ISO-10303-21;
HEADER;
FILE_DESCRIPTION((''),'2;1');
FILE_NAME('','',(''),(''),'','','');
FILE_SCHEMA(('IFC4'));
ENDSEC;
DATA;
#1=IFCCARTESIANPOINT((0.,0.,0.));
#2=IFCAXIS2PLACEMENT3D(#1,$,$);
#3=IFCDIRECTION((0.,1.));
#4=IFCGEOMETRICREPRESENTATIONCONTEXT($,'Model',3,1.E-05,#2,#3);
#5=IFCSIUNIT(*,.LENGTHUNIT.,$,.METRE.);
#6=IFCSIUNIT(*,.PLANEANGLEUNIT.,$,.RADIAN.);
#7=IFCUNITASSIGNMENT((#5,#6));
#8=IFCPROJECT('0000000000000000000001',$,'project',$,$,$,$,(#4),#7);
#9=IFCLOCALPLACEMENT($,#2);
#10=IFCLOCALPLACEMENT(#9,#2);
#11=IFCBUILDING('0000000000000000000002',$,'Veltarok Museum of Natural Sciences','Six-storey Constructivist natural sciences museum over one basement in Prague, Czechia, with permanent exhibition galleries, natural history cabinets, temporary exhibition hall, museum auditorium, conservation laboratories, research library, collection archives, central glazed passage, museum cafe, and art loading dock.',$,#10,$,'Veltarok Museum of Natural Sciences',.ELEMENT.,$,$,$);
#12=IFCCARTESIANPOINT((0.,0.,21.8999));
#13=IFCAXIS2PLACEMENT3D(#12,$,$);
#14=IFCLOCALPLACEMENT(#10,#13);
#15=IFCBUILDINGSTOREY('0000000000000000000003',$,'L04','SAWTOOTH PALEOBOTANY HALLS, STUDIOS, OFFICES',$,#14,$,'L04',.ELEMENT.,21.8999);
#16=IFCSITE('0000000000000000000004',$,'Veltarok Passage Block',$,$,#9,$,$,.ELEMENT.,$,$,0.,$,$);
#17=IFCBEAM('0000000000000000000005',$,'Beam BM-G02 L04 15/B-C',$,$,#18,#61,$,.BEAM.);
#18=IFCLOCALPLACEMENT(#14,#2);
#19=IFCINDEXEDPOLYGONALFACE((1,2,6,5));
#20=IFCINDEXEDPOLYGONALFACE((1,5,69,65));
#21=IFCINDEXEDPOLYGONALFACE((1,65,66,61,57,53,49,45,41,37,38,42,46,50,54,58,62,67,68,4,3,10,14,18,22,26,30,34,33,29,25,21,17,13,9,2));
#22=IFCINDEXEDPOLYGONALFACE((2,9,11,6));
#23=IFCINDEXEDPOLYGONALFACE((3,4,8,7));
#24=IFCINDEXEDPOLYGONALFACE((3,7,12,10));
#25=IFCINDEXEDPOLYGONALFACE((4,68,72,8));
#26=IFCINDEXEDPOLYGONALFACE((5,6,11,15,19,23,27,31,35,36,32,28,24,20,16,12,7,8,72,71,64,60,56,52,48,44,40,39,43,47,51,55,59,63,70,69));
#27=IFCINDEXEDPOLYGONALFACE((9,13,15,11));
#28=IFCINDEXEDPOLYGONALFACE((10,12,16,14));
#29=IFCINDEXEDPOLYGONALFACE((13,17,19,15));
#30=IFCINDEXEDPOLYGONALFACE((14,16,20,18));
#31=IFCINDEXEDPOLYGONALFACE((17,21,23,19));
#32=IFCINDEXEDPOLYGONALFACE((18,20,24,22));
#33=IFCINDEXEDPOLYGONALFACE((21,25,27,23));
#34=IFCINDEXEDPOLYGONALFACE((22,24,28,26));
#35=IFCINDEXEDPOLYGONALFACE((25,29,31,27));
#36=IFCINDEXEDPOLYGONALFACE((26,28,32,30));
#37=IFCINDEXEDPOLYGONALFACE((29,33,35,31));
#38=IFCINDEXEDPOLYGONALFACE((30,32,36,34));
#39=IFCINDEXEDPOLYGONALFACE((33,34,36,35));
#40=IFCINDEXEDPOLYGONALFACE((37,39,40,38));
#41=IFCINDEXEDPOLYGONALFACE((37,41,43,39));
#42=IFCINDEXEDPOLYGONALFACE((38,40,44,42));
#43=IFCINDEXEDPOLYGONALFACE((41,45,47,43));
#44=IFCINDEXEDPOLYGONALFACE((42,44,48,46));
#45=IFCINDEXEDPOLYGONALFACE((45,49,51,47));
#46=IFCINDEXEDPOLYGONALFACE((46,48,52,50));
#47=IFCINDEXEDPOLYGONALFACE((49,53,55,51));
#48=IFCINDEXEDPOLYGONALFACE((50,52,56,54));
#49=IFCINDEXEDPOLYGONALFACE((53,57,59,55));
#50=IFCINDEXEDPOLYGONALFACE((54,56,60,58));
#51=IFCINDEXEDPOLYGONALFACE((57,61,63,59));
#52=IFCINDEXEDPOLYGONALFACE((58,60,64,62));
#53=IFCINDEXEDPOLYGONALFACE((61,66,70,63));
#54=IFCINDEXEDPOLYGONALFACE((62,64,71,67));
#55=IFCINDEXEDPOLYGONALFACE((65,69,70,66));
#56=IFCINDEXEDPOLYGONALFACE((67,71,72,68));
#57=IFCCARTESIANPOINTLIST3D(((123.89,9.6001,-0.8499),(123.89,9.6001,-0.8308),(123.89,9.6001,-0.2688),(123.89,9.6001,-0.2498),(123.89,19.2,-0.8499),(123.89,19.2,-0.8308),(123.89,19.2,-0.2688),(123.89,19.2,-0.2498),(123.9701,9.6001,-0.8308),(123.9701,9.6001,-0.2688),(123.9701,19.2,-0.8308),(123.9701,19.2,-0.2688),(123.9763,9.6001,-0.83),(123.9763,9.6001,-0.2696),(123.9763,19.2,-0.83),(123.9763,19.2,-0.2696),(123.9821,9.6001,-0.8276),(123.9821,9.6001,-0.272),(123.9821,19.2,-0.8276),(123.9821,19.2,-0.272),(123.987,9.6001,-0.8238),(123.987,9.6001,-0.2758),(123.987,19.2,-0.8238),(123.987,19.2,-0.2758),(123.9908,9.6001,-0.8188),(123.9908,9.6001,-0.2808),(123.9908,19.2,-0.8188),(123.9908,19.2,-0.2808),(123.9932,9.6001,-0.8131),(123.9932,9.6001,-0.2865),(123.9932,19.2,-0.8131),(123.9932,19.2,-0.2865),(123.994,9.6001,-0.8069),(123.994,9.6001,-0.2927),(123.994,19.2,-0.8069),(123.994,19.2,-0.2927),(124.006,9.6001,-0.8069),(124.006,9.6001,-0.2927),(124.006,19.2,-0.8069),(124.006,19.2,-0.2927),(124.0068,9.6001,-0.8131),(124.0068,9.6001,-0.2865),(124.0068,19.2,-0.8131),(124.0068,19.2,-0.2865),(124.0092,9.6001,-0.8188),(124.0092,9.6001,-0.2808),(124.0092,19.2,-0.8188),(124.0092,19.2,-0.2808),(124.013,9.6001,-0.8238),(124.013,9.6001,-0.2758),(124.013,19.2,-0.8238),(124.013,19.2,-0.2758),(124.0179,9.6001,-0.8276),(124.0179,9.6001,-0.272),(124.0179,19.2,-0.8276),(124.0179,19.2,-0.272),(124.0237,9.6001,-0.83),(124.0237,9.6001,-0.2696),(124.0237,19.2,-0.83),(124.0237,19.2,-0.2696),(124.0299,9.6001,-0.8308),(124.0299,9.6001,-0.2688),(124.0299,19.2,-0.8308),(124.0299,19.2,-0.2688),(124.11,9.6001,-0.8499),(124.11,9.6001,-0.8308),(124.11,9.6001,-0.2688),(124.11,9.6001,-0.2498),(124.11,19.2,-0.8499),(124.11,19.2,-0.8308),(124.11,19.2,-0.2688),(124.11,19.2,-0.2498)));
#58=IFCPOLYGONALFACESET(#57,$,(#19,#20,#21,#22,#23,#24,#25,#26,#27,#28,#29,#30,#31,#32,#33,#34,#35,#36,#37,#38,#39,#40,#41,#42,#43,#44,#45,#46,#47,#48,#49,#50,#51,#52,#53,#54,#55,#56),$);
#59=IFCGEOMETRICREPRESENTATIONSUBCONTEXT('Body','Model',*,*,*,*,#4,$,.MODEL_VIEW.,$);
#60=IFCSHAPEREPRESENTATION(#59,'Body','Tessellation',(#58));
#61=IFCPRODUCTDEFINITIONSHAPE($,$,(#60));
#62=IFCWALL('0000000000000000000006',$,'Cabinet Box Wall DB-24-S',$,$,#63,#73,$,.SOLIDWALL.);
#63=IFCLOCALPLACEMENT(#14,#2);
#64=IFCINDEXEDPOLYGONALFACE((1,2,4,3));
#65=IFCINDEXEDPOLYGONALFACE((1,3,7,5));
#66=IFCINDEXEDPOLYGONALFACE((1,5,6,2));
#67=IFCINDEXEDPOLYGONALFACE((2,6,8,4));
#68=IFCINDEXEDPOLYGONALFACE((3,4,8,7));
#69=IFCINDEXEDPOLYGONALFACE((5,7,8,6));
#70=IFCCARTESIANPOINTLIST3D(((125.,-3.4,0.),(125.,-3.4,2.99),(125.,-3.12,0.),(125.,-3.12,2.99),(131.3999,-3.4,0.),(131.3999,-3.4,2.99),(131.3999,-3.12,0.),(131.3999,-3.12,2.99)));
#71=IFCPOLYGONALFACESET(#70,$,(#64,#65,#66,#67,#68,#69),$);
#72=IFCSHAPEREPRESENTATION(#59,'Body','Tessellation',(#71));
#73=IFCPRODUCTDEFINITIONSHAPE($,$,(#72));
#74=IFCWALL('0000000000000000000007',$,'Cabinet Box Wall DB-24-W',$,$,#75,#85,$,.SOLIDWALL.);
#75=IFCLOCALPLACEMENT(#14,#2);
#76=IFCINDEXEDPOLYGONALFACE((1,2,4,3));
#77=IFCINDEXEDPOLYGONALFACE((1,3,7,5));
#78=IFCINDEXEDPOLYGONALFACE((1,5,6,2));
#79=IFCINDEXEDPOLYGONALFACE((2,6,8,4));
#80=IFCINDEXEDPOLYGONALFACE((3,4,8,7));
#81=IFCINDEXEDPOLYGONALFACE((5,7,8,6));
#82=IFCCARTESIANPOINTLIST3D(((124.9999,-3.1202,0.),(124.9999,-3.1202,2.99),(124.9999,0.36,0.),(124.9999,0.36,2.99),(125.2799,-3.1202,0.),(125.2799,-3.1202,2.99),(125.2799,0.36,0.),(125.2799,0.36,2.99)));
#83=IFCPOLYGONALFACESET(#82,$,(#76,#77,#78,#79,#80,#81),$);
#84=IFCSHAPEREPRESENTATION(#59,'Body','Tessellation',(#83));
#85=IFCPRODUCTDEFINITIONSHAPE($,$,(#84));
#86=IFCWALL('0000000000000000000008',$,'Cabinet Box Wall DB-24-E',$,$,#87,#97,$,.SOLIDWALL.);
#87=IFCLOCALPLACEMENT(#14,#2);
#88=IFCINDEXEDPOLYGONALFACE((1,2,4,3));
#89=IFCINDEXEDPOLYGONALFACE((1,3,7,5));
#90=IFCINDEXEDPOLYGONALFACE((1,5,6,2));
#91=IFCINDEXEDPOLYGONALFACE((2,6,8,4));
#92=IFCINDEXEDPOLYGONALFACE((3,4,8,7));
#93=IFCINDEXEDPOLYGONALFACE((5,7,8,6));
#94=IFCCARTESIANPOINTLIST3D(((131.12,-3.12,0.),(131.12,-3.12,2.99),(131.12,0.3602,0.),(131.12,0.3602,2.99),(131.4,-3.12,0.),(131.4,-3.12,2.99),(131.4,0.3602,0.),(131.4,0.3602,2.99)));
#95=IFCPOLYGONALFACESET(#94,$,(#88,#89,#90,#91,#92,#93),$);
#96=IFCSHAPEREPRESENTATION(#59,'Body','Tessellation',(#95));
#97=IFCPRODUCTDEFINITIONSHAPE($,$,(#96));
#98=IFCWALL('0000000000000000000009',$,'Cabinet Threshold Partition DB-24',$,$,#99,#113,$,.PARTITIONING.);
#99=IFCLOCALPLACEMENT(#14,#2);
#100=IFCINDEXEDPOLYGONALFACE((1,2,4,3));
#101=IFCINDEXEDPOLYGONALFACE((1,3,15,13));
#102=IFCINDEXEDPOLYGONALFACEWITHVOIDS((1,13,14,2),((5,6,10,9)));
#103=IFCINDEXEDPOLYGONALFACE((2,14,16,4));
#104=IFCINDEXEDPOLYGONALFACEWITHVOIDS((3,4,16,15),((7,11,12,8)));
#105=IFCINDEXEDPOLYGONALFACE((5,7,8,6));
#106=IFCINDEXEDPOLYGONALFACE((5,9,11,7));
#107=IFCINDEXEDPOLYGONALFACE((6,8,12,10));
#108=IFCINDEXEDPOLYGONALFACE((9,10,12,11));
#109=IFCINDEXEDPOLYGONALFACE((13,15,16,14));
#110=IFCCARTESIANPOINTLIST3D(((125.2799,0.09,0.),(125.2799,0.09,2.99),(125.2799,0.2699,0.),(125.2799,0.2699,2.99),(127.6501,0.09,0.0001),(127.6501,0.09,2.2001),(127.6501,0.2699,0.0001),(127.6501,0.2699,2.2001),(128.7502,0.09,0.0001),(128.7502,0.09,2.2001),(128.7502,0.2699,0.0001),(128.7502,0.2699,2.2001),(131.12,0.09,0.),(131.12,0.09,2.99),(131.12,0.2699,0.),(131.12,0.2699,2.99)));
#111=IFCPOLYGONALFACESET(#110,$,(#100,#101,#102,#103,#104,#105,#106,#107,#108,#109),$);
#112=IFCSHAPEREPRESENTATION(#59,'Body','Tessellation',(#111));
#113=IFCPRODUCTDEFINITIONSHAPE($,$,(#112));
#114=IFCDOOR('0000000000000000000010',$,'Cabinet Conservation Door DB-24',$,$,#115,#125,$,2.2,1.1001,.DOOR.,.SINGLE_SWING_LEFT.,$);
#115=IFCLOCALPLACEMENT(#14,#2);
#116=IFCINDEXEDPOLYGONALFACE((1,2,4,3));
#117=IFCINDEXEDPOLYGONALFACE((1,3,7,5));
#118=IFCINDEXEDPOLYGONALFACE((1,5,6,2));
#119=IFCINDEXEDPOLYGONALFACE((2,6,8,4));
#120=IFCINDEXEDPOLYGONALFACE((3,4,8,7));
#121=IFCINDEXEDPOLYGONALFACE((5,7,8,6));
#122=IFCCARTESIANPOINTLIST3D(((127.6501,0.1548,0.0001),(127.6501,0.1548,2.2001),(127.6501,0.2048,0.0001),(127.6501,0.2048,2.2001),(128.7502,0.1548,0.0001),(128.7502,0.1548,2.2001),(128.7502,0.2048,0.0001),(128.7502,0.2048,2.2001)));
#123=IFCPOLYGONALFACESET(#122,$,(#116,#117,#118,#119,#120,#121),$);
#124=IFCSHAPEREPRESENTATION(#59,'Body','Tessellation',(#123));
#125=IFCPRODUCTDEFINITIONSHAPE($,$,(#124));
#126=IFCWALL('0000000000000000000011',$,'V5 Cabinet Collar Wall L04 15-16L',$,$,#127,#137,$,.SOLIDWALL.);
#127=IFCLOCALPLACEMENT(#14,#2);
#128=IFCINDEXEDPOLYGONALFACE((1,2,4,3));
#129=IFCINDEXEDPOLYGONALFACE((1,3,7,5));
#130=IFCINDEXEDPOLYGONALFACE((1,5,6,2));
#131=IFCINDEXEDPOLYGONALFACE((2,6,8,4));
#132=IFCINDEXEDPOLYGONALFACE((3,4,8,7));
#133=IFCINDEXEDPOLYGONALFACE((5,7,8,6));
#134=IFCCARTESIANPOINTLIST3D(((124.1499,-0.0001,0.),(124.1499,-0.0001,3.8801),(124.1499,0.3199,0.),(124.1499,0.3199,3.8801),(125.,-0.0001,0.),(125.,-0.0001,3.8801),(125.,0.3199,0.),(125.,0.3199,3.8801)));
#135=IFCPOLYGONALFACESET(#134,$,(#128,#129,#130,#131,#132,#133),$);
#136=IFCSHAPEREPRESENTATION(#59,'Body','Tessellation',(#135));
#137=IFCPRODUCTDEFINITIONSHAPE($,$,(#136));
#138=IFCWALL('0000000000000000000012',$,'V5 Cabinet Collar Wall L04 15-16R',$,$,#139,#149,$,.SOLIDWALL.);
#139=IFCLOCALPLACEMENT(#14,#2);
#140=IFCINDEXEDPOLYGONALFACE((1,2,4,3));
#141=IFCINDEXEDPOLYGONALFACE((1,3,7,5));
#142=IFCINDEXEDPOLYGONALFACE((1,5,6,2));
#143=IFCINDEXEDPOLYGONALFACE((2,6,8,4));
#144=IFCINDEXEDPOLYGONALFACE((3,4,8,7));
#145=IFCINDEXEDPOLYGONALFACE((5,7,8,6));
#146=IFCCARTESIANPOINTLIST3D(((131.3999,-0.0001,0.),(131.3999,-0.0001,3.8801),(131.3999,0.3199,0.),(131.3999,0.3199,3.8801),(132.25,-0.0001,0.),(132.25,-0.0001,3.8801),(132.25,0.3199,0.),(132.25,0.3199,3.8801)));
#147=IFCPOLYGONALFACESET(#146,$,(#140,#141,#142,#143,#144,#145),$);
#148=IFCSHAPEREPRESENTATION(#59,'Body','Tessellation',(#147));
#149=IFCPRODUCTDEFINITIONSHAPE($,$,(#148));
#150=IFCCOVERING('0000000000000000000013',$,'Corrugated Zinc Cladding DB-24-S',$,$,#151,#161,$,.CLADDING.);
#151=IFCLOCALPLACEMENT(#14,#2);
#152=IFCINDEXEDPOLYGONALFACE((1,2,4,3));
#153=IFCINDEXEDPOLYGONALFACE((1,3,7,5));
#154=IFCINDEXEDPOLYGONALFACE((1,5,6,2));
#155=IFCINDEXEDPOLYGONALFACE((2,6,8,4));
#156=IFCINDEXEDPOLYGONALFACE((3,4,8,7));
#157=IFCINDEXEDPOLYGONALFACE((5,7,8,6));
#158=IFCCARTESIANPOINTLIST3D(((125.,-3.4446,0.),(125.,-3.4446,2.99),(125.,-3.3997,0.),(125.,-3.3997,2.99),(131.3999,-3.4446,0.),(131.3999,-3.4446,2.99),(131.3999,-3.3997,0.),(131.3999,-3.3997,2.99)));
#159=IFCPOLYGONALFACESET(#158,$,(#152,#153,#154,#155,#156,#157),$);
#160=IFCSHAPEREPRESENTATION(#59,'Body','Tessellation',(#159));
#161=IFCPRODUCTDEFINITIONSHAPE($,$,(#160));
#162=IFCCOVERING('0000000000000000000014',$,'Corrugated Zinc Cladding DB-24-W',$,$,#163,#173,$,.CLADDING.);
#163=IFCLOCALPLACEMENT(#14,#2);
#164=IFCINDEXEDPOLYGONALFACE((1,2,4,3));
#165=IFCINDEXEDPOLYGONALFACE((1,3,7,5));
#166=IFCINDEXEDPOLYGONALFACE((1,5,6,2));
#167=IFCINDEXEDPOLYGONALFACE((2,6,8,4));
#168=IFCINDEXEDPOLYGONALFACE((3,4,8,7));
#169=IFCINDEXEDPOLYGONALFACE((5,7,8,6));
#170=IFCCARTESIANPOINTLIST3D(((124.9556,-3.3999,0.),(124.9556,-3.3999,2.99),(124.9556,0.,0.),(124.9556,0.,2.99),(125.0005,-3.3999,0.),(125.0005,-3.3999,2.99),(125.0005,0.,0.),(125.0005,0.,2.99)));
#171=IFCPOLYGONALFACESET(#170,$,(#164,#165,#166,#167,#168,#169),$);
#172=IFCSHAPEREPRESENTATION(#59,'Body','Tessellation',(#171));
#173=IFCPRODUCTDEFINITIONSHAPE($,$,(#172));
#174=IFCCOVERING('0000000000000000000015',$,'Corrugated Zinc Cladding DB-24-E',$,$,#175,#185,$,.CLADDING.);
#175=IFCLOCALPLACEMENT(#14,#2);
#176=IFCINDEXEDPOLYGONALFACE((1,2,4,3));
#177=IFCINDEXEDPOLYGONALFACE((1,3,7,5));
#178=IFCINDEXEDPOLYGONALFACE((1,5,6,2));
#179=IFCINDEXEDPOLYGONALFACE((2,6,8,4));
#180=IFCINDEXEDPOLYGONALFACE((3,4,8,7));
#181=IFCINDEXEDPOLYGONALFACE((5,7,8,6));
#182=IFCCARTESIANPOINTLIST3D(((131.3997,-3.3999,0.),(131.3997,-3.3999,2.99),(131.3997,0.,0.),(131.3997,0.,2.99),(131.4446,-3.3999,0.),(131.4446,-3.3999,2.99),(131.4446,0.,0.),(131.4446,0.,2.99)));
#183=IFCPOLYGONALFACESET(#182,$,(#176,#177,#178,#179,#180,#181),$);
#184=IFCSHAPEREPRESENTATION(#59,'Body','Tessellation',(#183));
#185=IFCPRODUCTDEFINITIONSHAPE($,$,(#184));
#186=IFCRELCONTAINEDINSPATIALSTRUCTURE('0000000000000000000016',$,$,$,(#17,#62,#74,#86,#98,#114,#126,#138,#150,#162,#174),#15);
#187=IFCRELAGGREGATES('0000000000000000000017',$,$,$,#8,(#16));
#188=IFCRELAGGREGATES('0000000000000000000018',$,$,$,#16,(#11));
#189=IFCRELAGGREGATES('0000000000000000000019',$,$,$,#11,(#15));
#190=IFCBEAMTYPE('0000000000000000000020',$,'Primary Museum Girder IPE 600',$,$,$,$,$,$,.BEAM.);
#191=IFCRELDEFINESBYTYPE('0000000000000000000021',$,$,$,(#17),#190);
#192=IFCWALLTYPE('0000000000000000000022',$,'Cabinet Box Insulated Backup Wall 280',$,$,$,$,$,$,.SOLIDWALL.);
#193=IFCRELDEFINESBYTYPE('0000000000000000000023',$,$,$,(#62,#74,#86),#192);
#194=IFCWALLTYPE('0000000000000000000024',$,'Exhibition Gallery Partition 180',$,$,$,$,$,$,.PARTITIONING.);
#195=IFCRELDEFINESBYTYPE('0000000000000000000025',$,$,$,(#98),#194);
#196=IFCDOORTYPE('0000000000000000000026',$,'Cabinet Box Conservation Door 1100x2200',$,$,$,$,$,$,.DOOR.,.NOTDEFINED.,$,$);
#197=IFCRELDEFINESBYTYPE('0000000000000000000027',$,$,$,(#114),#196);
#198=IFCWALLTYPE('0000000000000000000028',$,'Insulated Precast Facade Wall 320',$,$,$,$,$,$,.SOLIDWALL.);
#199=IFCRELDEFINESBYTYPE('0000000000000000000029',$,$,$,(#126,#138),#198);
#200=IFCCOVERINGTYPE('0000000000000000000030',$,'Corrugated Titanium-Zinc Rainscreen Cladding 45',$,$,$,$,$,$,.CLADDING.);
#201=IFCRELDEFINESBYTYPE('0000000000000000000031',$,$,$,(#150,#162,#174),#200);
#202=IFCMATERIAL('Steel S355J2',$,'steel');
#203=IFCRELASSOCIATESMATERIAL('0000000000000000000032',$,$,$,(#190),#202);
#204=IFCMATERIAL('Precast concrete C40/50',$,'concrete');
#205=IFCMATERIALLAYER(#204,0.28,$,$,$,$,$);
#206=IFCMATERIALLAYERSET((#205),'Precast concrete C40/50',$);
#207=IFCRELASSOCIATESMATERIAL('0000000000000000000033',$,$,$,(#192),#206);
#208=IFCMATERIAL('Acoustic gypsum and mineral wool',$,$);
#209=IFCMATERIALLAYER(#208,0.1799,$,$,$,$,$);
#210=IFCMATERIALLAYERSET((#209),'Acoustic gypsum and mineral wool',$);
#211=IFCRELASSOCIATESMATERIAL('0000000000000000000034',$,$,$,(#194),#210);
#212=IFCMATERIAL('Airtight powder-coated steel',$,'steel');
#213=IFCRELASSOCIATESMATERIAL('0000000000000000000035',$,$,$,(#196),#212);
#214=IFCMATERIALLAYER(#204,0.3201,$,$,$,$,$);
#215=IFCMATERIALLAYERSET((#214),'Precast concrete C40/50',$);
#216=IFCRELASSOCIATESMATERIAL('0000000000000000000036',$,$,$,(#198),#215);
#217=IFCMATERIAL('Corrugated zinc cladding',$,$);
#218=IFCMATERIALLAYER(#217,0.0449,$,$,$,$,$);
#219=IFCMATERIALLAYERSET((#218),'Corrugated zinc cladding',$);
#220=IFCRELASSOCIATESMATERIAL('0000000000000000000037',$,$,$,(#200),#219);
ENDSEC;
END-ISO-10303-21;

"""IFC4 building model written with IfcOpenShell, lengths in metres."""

from ifc_helpers import new_model, si_unit, direction, frame, frame_2d, origin, origin_2d, place, context, subcontext, project, spatial, rectangle, i_section, extrude, material, layer, layer_set, material_profile, profile_set, type_object, element, fill, save


model = new_model("IFC4")

# Units and contexts
model_context = context("Model", 3, precision=1e-05, world=origin(), true_north=direction((0.0, 1.0)))
body_context = subcontext(model_context, "Body", "Model", "MODEL_VIEW")
ifc_project = project(units=[si_unit("LENGTHUNIT", "METRE"), si_unit("PLANEANGLEUNIT", "RADIAN")], contexts=[model_context])

# Site, building, storey
site_placement = place(None, origin())
site = spatial("IfcSite", under=ifc_project, at=site_placement, Name="Veltarok Passage Block", CompositionType="ELEMENT", RefElevation=0.0)
building_placement = place(site_placement, origin())
building = spatial("IfcBuilding", under=site, at=building_placement, Name="Veltarok Museum of Natural Sciences", Description="Six-storey Constructivist natural sciences museum over one basement in Prague, Czechia, with permanent exhibition galleries, natural history cabinets, temporary exhibition hall, museum auditorium, conservation laboratories, research library, collection archives, central glazed passage, museum cafe, and art loading dock.", LongName="Veltarok Museum of Natural Sciences", CompositionType="ELEMENT")
storey_placement = place(building_placement, frame((0.0, 0.0, 21.8999)))
storey = spatial("IfcBuildingStorey", under=building, at=storey_placement, Name="L04", Description="SAWTOOTH PALEOBOTANY HALLS, STUDIOS, OFFICES", LongName="L04", CompositionType="ELEMENT", Elevation=21.8999)

# Shared definitions
ifc_material_1 = material(Name="Steel S355J2", Category="steel")

# Beam
ifc_material_2 = material(Name="Precast concrete C40/50", Category="concrete")
ifc_material_profile_1 = material_profile(ifc_material_1, i_section(OverallWidth=0.22, OverallDepth=0.6001, WebThickness=0.012, FlangeThickness=0.019, FilletRadius=0.0239, at=origin_2d()), Name="IPE 600")
ifc_profile_set_1 = profile_set([ifc_material_profile_1], Name="Steel S355J2")
beam_type_1 = type_object("IfcBeamType", Name="Primary Museum Girder IPE 600", PredefinedType="BEAM", material=ifc_profile_set_1)
beam_1_placement = place(storey_placement, frame((124.0, 9.6001, -0.5498), z_axis=(0.0, 1.0, 0.0), x_axis=(-1.0, 0.0, 0.0)))
element("IfcBeam", 1, at=beam_1_placement, inside=storey, type_object=beam_type_1, Name="Beam BM-G02 L04 15/B-C", PredefinedType="BEAM", context=body_context, shape_type="SweptSolid", body=[
    extrude(i_section(OverallWidth=0.22, OverallDepth=0.6001, WebThickness=0.012, FlangeThickness=0.019, FilletRadius=0.0239, at=origin_2d()), origin(), (0.0, 0.0, 1.0), 9.5999),
])

# Walls
ifc_layer_1 = layer(ifc_material_2, 0.28)
ifc_layer_set_1 = layer_set([ifc_layer_1], Name="Precast concrete C40/50")
wall_type_1 = type_object("IfcWallType", Name="Cabinet Box Insulated Backup Wall 280", PredefinedType="SOLIDWALL", material=ifc_layer_set_1)
wall_1_placement = place(storey_placement, frame((125.0, -3.26, 0.0), z_axis=(0.0, 0.0, 1.0), x_axis=(1.0, 0.0, 0.0)))
element("IfcWall", 2, at=wall_1_placement, inside=storey, type_object=wall_type_1, Name="Cabinet Box Wall DB-24-S", PredefinedType="SOLIDWALL", context=body_context, shape_type="SweptSolid", body=[
    extrude(rectangle(XDim=6.3999, YDim=0.28, at=frame_2d((3.2, 0.0))), origin(), (0.0, 0.0, 1.0), 2.99),
])
for number, where, z_axis, x_axis, name in (
    (3, (125.1399, 0.3601, 0.0), (0.0, 0.0, 1.0), (0.0, -1.0, 0.0), "Cabinet Box Wall DB-24-W"),
    (4, (131.26, -3.1201, 0.0), (0.0, 0.0, 1.0), (0.0, 1.0, 0.0), "Cabinet Box Wall DB-24-E"),
):
    element("IfcWall", number, at=place(storey_placement, frame(where, z_axis=z_axis, x_axis=x_axis)), inside=storey, type_object=wall_type_1, Name=name, PredefinedType="SOLIDWALL", context=body_context, shape_type="SweptSolid", body=[
        extrude(rectangle(XDim=3.4802, YDim=0.28, at=frame_2d((1.7402, 0.0))), origin(), (0.0, 0.0, 1.0), 2.99),
    ])

# Wall, opening, door
ifc_material_3 = material(Name="Acoustic gypsum and mineral wool")
ifc_layer_2 = layer(ifc_material_3, 0.1799)
ifc_layer_set_2 = layer_set([ifc_layer_2], Name="Acoustic gypsum and mineral wool")
wall_type_2 = type_object("IfcWallType", Name="Exhibition Gallery Partition 180", PredefinedType="PARTITIONING", material=ifc_layer_set_2)
wall_2_placement = place(storey_placement, frame((125.28, 0.1799, 0.0), z_axis=(0.0, 0.0, 1.0), x_axis=(1.0, 0.0, 0.0)))
wall_2 = element("IfcWall", 5, at=wall_2_placement, inside=storey, type_object=wall_type_2, Name="Cabinet Threshold Partition DB-24", PredefinedType="PARTITIONING", context=body_context, shape_type="SweptSolid", body=[
    extrude(rectangle(XDim=5.8401, YDim=0.1799, at=frame_2d((2.9199, 0.0))), origin(), (0.0, 0.0, 1.0), 2.99),
])
opening_placement = place(wall_2_placement, frame((2.3701, 0.0, 0.0)))
opening = element("IfcOpeningElement", 6, at=opening_placement, cuts=wall_2, PredefinedType="OPENING", context=body_context, shape_type="SweptSolid", body=[
    extrude(rectangle(XDim=1.1001, YDim=2.2, at=frame_2d((0.55, 1.1001))), frame((0.0, 0.1001, 0.0), z_axis=(0.0, -1.0, 0.0), x_axis=(1.0, 0.0, 0.0)), (0.0, 0.0, 1.0), 0.2),
])
ifc_material_4 = material(Name="Airtight powder-coated steel", Category="steel")
door_type = type_object("IfcDoorType", Name="Cabinet Box Conservation Door 1100x2200", OperationType="NOTDEFINED", PredefinedType="DOOR", material=ifc_material_4)
door_placement = place(opening_placement, origin())
door = element("IfcDoor", 7, at=door_placement, inside=storey, type_object=door_type, Name="Cabinet Conservation Door DB-24", OperationType="SINGLE_SWING_LEFT", OverallHeight=2.2, OverallWidth=1.1001, PredefinedType="DOOR", context=body_context, shape_type="SweptSolid", body=[
    extrude(rectangle(XDim=1.1001, YDim=2.2, at=frame_2d((0.55, 1.1001))), frame((0.0, 0.0249, 0.0), z_axis=(0.0, -1.0, 0.0), x_axis=(1.0, 0.0, 0.0)), (0.0, 0.0, 1.0), 0.05),
])
fill(opening, door)

# Walls
ifc_layer_3 = layer(ifc_material_2, 0.3201)
ifc_layer_set_3 = layer_set([ifc_layer_3], Name="Precast concrete C40/50")
wall_type_3 = type_object("IfcWallType", Name="Insulated Precast Facade Wall 320", PredefinedType="SOLIDWALL", material=ifc_layer_set_3)
for number, where, z_axis, x_axis, name in (
    (8, (124.1499, 0.1599, 0.0), (0.0, 0.0, 1.0), (1.0, 0.0, 0.0), "V5 Cabinet Collar Wall L04 15-16L"),
    (9, (131.3999, 0.1599, 0.0), (0.0, 0.0, 1.0), (1.0, 0.0, 0.0), "V5 Cabinet Collar Wall L04 15-16R"),
):
    element("IfcWall", number, at=place(storey_placement, frame(where, z_axis=z_axis, x_axis=x_axis)), inside=storey, type_object=wall_type_3, Name=name, PredefinedType="SOLIDWALL", context=body_context, shape_type="SweptSolid", body=[
        extrude(rectangle(XDim=0.8501, YDim=0.3201, at=frame_2d((0.425, 0.0))), origin(), (0.0, 0.0, 1.0), 3.8801),
    ])

# Coverings
ifc_material_5 = material(Name="Corrugated zinc cladding")
ifc_layer_4 = layer(ifc_material_5, 0.0449)
ifc_layer_set_4 = layer_set([ifc_layer_4], Name="Corrugated zinc cladding")
covering_type = type_object("IfcCoveringType", Name="Corrugated Titanium-Zinc Rainscreen Cladding 45", PredefinedType="CLADDING", material=ifc_layer_set_4)
covering_placement = place(storey_placement, frame((125.0, -3.4221, 0.0), z_axis=(0.0, 0.0, 1.0), x_axis=(1.0, 0.0, 0.0)))
element("IfcCovering", 10, at=covering_placement, inside=storey, type_object=covering_type, Name="Corrugated Zinc Cladding DB-24-S", PredefinedType="CLADDING", context=body_context, shape_type="SweptSolid", body=[
    extrude(rectangle(XDim=6.3999, YDim=0.0449, at=frame_2d((3.2, 0.0))), origin(), (0.0, 0.0, 1.0), 2.99),
])
for number, where, z_axis, x_axis, name in (
    (11, (124.978, 0.0, 0.0), (0.0, 0.0, 1.0), (0.0, -1.0, 0.0), "Corrugated Zinc Cladding DB-24-W"),
    (12, (131.4221, -3.3999, 0.0), (0.0, 0.0, 1.0), (0.0, 1.0, 0.0), "Corrugated Zinc Cladding DB-24-E"),
):
    element("IfcCovering", number, at=place(storey_placement, frame(where, z_axis=z_axis, x_axis=x_axis)), inside=storey, type_object=covering_type, Name=name, PredefinedType="CLADDING", context=body_context, shape_type="SweptSolid", body=[
        extrude(rectangle(XDim=3.3999, YDim=0.0449, at=frame_2d((1.7, 0.0))), origin(), (0.0, 0.0, 1.0), 2.99),
    ])

save(model, "model.ifc")
